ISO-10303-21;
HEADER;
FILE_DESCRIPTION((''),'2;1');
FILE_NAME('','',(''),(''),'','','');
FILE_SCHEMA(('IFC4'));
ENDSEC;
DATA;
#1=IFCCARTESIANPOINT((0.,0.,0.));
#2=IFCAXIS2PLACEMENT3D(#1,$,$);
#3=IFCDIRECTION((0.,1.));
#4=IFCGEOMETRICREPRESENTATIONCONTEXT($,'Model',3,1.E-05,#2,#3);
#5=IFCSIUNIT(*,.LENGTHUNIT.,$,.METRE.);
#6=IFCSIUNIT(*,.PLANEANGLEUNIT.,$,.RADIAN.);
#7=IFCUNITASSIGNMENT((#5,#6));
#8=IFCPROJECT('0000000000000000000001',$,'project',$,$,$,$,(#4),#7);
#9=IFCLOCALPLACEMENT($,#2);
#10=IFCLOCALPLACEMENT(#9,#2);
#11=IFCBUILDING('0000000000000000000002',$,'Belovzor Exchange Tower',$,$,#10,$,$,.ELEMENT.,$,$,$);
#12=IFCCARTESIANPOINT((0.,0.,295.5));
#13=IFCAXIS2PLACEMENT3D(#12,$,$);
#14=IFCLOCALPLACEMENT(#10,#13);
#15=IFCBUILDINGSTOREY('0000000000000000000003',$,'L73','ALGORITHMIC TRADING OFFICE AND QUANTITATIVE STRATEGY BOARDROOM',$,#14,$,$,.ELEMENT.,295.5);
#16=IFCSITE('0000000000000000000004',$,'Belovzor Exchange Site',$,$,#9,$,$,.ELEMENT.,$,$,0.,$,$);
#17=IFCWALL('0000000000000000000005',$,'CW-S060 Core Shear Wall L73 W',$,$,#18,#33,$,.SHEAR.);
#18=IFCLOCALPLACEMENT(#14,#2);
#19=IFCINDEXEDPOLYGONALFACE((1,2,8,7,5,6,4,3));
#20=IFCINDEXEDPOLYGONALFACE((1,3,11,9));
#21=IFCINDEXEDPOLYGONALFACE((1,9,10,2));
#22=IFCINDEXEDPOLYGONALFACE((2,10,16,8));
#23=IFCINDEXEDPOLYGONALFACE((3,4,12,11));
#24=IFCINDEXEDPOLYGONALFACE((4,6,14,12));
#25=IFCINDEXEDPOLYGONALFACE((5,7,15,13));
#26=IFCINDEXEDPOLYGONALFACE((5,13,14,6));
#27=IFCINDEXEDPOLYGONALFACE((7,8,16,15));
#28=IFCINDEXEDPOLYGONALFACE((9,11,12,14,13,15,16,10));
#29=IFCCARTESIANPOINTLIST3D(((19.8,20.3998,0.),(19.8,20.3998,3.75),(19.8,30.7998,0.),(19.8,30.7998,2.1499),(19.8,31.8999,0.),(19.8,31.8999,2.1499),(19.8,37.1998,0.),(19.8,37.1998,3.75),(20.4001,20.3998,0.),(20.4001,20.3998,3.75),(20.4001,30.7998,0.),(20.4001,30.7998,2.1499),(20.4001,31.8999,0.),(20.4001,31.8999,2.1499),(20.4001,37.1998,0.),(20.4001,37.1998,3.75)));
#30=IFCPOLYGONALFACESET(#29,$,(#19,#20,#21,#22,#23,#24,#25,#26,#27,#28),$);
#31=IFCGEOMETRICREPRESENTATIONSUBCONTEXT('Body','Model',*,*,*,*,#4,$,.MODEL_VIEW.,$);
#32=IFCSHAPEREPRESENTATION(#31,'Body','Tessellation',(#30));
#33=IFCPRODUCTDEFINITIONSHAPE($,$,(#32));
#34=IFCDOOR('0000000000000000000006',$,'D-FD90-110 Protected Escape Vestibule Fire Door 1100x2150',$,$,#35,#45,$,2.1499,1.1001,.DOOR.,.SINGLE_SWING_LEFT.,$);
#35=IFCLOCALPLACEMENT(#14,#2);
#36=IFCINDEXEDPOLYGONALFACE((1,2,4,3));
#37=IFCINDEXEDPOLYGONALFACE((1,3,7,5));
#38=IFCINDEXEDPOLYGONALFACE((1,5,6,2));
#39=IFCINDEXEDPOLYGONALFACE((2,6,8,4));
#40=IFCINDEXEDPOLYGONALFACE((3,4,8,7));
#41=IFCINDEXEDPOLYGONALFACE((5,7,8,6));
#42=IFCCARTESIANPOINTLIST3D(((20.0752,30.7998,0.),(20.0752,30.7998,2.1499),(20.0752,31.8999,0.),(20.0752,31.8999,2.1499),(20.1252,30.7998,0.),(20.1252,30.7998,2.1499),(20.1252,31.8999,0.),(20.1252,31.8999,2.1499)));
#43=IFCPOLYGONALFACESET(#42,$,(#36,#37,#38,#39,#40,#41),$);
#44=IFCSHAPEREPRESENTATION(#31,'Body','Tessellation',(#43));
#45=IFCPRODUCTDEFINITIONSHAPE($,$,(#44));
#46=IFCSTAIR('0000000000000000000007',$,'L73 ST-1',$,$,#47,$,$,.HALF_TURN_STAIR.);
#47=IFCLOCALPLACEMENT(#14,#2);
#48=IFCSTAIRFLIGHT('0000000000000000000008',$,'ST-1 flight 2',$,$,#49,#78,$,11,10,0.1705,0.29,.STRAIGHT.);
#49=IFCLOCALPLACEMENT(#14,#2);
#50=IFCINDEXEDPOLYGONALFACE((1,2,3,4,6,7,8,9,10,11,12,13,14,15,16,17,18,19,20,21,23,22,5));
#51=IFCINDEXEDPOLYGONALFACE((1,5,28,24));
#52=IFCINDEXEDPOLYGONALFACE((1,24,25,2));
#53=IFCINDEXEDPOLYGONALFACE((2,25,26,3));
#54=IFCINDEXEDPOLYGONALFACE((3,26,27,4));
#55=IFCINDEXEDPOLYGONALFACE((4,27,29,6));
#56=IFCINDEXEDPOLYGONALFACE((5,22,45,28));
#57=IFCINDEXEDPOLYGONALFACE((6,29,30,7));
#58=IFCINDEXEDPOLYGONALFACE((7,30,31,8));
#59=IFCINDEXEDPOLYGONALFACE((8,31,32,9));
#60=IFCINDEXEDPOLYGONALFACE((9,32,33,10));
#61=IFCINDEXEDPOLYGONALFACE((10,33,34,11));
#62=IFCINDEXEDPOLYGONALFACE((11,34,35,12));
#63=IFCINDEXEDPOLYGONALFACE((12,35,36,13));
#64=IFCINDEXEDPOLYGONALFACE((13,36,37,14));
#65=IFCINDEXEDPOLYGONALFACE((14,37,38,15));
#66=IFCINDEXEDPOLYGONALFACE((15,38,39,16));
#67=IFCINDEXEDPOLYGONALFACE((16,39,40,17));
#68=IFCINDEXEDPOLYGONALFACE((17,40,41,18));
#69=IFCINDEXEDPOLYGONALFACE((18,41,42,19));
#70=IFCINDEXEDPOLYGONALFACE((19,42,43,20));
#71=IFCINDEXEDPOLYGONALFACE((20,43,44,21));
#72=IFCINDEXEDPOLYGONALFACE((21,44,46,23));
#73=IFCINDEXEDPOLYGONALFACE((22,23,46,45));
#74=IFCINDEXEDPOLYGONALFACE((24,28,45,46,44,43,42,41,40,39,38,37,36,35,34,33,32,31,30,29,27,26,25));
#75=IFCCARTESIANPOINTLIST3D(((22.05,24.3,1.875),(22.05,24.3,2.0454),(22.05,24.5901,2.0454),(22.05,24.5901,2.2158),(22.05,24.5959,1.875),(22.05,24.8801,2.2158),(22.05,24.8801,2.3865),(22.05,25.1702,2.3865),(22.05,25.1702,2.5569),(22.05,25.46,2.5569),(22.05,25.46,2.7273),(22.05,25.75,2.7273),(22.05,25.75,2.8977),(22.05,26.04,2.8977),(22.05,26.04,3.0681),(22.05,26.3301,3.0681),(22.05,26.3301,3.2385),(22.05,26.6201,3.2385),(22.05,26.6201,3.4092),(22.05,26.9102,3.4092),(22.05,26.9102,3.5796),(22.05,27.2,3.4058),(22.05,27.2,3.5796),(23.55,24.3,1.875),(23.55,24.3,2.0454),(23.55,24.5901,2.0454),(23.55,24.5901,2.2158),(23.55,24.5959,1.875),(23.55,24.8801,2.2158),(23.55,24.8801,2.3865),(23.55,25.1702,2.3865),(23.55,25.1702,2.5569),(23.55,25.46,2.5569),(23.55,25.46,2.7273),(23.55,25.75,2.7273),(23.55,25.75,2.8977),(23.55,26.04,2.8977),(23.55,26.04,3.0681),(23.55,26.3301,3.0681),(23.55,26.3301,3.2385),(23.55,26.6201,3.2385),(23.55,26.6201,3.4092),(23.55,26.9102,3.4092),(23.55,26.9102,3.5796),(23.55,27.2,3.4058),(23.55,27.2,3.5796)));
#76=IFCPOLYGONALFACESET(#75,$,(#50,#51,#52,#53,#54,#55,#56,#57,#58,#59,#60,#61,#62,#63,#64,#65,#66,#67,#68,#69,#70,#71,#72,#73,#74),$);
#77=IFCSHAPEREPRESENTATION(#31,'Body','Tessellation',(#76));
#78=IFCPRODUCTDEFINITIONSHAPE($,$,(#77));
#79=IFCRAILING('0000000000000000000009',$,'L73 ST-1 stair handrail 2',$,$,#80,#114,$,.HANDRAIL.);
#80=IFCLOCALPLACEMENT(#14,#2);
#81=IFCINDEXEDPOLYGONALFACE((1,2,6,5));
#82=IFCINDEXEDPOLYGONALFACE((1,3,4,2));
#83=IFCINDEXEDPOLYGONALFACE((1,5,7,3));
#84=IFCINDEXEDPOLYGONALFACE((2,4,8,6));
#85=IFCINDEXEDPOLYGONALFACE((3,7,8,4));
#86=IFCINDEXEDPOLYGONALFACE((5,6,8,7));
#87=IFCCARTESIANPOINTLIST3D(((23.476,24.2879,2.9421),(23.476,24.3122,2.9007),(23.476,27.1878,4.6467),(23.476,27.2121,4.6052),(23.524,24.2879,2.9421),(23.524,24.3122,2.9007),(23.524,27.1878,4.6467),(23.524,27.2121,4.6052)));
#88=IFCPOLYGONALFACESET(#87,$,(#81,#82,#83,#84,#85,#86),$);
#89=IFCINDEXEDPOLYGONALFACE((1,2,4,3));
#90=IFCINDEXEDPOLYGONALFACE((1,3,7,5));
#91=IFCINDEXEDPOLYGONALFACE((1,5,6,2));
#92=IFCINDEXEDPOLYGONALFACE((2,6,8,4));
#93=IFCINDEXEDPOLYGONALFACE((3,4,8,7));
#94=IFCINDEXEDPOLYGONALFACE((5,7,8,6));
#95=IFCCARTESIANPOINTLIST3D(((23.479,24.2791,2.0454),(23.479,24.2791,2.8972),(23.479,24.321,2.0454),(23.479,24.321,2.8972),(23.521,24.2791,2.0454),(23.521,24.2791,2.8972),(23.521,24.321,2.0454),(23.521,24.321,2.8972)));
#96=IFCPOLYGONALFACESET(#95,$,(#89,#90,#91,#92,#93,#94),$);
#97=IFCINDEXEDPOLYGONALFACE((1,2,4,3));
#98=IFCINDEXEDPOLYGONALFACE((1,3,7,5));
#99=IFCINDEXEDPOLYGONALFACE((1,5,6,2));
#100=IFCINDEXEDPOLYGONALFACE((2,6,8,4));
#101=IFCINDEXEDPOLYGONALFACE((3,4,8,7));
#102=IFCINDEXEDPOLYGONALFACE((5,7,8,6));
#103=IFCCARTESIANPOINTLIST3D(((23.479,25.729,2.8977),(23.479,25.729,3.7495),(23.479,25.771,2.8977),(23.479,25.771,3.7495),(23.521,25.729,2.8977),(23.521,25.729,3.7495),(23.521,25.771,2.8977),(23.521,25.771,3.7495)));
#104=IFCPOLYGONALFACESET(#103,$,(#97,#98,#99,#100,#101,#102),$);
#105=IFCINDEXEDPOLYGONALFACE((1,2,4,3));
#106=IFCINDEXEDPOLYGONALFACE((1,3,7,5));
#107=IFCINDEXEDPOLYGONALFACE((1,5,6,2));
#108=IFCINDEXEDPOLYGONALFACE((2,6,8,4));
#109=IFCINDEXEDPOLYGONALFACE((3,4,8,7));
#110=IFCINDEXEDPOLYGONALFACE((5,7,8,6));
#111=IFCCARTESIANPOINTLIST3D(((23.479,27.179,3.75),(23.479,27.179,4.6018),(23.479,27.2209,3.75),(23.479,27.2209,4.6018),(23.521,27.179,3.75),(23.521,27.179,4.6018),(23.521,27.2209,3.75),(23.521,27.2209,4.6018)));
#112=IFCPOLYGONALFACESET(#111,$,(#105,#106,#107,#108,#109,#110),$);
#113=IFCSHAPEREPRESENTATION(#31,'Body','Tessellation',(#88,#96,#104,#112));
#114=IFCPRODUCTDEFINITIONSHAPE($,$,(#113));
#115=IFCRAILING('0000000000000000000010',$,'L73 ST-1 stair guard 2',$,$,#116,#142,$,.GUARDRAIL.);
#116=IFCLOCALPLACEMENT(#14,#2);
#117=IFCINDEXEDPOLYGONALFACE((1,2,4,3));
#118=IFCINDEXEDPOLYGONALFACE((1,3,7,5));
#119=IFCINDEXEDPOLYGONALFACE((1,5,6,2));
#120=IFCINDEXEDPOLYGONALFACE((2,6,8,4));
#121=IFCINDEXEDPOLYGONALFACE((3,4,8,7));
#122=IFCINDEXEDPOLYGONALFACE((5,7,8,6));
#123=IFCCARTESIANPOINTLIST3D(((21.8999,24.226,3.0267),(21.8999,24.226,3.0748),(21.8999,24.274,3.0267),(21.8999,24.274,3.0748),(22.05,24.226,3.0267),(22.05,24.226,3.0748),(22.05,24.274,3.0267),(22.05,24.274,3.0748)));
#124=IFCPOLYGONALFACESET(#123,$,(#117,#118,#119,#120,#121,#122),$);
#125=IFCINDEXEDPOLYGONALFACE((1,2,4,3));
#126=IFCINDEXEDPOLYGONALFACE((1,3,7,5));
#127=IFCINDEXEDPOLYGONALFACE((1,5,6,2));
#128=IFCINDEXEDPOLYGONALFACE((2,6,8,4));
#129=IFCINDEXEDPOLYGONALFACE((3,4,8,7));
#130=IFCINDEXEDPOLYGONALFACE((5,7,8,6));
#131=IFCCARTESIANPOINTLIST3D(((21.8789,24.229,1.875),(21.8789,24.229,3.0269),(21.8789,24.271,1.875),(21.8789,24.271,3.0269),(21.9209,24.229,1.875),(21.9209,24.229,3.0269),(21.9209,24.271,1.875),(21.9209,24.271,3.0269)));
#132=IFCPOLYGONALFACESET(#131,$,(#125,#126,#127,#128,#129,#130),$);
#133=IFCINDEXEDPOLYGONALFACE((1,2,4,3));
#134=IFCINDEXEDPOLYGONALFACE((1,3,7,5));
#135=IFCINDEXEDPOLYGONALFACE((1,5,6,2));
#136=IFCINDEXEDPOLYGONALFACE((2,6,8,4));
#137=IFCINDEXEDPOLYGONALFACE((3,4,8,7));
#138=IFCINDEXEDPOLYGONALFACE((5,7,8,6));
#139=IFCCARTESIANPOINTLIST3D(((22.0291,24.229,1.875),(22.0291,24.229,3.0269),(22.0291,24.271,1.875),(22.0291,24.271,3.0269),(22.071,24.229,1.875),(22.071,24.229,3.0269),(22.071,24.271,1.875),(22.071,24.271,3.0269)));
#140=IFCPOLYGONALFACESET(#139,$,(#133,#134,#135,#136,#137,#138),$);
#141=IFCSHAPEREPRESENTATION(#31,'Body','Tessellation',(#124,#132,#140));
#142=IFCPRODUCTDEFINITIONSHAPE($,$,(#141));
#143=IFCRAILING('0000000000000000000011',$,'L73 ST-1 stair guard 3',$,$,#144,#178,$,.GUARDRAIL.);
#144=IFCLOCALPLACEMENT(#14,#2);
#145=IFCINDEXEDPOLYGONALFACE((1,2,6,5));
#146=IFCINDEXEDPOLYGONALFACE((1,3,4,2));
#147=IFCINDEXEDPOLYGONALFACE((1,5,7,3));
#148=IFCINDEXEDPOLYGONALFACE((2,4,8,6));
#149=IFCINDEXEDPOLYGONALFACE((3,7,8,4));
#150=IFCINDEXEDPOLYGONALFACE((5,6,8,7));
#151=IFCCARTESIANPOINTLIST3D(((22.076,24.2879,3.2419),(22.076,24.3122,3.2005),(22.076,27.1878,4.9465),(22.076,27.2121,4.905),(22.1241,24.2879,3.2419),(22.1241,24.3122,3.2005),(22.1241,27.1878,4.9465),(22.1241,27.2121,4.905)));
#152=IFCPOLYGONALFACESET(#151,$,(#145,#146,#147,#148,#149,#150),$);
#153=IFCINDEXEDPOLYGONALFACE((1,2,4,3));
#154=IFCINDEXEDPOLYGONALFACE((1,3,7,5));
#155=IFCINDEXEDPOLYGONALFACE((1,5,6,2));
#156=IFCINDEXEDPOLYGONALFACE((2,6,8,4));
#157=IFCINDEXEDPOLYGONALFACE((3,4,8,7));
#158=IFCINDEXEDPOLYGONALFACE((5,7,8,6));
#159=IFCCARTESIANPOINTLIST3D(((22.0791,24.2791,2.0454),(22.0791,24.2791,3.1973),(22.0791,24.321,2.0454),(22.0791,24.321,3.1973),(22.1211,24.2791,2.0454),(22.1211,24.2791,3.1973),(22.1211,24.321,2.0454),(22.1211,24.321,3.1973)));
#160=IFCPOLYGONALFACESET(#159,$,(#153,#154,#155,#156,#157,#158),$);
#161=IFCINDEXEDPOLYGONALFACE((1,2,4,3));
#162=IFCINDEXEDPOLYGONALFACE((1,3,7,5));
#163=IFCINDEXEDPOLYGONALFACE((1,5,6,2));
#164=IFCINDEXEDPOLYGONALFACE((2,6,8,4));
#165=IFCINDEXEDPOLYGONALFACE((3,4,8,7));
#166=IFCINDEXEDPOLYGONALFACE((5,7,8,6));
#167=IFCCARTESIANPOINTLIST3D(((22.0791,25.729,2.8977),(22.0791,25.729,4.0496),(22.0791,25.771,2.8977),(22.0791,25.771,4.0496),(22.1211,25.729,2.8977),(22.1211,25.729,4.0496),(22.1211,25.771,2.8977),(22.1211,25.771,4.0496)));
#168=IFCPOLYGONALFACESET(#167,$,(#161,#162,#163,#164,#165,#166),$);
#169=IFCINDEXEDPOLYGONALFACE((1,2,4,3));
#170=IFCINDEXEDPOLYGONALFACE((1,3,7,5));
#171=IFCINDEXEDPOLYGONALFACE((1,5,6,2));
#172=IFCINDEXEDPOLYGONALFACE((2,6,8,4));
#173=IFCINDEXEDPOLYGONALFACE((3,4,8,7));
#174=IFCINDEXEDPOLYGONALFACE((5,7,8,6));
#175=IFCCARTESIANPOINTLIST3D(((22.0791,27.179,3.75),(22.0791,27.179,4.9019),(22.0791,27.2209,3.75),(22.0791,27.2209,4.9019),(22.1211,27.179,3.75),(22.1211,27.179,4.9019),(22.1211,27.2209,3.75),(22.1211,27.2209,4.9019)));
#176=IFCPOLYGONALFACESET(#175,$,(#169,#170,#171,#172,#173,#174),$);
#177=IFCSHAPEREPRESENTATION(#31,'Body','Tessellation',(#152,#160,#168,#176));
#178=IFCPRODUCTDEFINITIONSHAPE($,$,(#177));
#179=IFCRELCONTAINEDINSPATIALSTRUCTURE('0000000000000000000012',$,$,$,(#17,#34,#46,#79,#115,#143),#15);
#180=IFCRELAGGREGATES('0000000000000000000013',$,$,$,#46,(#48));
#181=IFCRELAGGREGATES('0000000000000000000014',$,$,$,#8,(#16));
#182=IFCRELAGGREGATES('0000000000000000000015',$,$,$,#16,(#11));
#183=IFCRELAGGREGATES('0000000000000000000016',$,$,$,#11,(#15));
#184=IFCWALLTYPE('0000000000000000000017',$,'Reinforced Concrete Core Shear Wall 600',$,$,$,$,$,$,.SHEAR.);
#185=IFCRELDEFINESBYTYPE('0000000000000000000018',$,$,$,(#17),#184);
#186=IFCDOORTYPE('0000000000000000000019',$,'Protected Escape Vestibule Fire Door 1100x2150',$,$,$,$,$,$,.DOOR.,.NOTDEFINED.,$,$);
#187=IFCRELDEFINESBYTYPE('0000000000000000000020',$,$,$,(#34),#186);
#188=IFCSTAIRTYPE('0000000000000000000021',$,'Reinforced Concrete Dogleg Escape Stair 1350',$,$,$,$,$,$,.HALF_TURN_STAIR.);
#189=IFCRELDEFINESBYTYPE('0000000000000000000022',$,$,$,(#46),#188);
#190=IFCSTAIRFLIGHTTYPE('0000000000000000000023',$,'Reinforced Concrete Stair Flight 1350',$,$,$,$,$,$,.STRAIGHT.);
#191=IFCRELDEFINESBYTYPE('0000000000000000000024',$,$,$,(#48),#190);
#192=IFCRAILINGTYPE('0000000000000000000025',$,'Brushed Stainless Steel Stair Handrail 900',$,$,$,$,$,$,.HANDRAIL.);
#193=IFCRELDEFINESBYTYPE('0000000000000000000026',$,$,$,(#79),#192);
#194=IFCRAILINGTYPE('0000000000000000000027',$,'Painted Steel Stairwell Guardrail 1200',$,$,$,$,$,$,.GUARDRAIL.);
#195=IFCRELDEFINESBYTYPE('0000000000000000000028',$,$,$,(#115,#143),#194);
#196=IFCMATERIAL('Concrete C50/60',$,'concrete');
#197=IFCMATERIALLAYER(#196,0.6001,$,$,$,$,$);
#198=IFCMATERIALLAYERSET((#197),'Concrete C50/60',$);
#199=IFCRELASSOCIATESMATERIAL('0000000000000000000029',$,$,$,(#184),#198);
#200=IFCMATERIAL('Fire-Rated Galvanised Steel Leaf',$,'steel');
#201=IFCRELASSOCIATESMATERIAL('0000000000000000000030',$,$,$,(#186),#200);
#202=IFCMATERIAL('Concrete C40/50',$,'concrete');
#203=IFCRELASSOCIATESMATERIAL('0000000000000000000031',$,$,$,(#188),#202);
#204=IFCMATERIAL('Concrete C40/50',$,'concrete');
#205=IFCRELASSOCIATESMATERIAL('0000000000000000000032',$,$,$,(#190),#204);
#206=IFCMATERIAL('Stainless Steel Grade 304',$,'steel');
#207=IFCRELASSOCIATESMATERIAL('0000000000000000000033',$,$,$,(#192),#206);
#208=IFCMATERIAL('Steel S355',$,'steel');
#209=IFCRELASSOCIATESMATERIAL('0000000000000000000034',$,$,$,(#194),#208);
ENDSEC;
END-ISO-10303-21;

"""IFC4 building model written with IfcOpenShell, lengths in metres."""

from ifc_helpers import new_model, si_unit, direction, frame, frame_2d, origin, origin_2d, place, context, subcontext, project, spatial, polyline, rectangle, outline, extrude, material, layer, layer_set, type_object, element, fill, aggregate, save


model = new_model("IFC4")

# Units and contexts
model_context = context("Model", 3, precision=1e-05, world=origin(), true_north=direction((0.0, 1.0)))
body_context = subcontext(model_context, "Body", "Model", "MODEL_VIEW")
ifc_project = project(units=[si_unit("LENGTHUNIT", "METRE"), si_unit("PLANEANGLEUNIT", "RADIAN")], contexts=[model_context])

# Site, building, storey
site_placement = place(None, origin())
site = spatial("IfcSite", under=ifc_project, at=site_placement, Name="Belovzor Exchange Site", CompositionType="ELEMENT", RefElevation=0.0)
building_placement = place(site_placement, origin())
building = spatial("IfcBuilding", under=site, at=building_placement, Name="Belovzor Exchange Tower", CompositionType="ELEMENT")
storey_placement = place(building_placement, frame((0.0, 0.0, 295.5)))
storey = spatial("IfcBuildingStorey", under=building, at=storey_placement, Name="L73", Description="ALGORITHMIC TRADING OFFICE AND QUANTITATIVE STRATEGY BOARDROOM", CompositionType="ELEMENT", Elevation=295.5)

# Shared definitions
ifc_material_1 = material(Name="Concrete C50/60", Category="concrete")
ifc_layer_1 = layer(ifc_material_1, 0.6001)
ifc_layer_set_1 = layer_set([ifc_layer_1], Name="Concrete C50/60")
wall_type_1 = type_object("IfcWallType", Name="Reinforced Concrete Core Shear Wall 600", PredefinedType="SHEAR", material=ifc_layer_set_1)

# Wall, opening, door
wall_1_placement = place(storey_placement, frame((20.1001, 20.3999, 0.0), z_axis=(0.0, 0.0, 1.0), x_axis=(0.0, 1.0, 0.0)))
wall_1 = element("IfcWall", 1, at=wall_1_placement, inside=storey, type_object=wall_type_1, Name="CW-S060 Core Shear Wall L73 W", PredefinedType="SHEAR", context=body_context, shape_type="SweptSolid", body=[
    extrude(rectangle(XDim=16.8, YDim=0.6001, at=frame_2d((8.3999, 0.0))), origin(), (0.0, 0.0, 1.0), 3.75),
])
opening_1_placement = place(wall_1_placement, frame((10.3999, 0.0, 0.0)))
opening_1 = element("IfcOpeningElement", 2, at=opening_1_placement, cuts=wall_1, PredefinedType="OPENING", context=body_context, shape_type="SweptSolid", body=[
    extrude(rectangle(XDim=1.1001, YDim=2.1499, at=frame_2d((0.55, 1.075))), frame((0.0, 0.3101, 0.0), z_axis=(0.0, -1.0, 0.0), x_axis=(1.0, 0.0, 0.0)), (0.0, 0.0, 1.0), 0.6201),
])
ifc_material_2 = material(Name="Fire-Rated Galvanised Steel Leaf", Category="steel")
door_type_1 = type_object("IfcDoorType", Name="Protected Escape Vestibule Fire Door 1100x2150", OperationType="NOTDEFINED", PredefinedType="DOOR", material=ifc_material_2)
door_1_placement = place(opening_1_placement, origin())
door_1 = element("IfcDoor", 3, at=door_1_placement, inside=storey, type_object=door_type_1, Name="D-FD90-110 Protected Escape Vestibule Fire Door 1100x2150", OperationType="SINGLE_SWING_LEFT", OverallHeight=2.1499, OverallWidth=1.1001, PredefinedType="DOOR", context=body_context, shape_type="SweptSolid", body=[
    extrude(rectangle(XDim=1.1001, YDim=2.1499, at=frame_2d((0.55, 1.075))), frame((0.0, 0.0249, 0.0), z_axis=(0.0, -1.0, 0.0), x_axis=(1.0, 0.0, 0.0)), (0.0, 0.0, 1.0), 0.05),
])
fill(opening_1, door_1)

# Stair, stair flight
ifc_material_3 = material(Name="Concrete C40/50", Category="concrete")
stair_type = type_object("IfcStairType", Name="Reinforced Concrete Dogleg Escape Stair 1350", PredefinedType="HALF_TURN_STAIR", material=ifc_material_3)
stair_placement = place(storey_placement, origin())
stair = element("IfcStair", 4, at=stair_placement, inside=storey, type_object=stair_type, Name="L73 ST-1", PredefinedType="HALF_TURN_STAIR")
ifc_material_4 = material(Name="Concrete C40/50", Category="concrete")
stair_flight_type = type_object("IfcStairFlightType", Name="Reinforced Concrete Stair Flight 1350", PredefinedType="STRAIGHT", material=ifc_material_4)
stair_flight_placement = place(storey_placement, frame((22.8, 24.3, 1.875), z_axis=(0.0, 0.0, 1.0), x_axis=(0.0, 1.0, 0.0)))
stair_flight = element("IfcStairFlight", 5, at=stair_flight_placement, type_object=stair_flight_type, Name="ST-1 flight 2", NumberOfRisers=11, NumberOfTreads=10, PredefinedType="STRAIGHT", RiserHeight=0.1705, TreadLength=0.29, context=body_context, shape_type="SweptSolid", body=[
    extrude(outline(polyline([(0.0, 0.0), (0.0, 0.1704), (0.29, 0.1704), (0.29, 0.3408), (0.5801, 0.3408), (0.5801, 0.5115), (0.8701, 0.5115), (0.8701, 0.6819), (1.1599, 0.6819), (1.1599, 0.8523), (1.45, 0.8523), (1.45, 1.0227), (1.74, 1.0227), (1.74, 1.1931), (2.03, 1.1931), (2.03, 1.3635), (2.3201, 1.3635), (2.3201, 1.5342), (2.6101, 1.5342), (2.6101, 1.7046), (2.8999, 1.7046), (2.8999, 1.875), (2.8999, 1.5308), (0.2959, 0.0), (0.0, 0.0)])), frame((0.0, 0.75, 0.0), z_axis=(0.0, -1.0, 0.0), x_axis=(1.0, 0.0, 0.0)), (0.0, 0.0, 1.0), 1.5),
])
aggregate(stair, [stair_flight])

# Railings
ifc_material_5 = material(Name="Stainless Steel Grade 304", Category="steel")
railing_type_1 = type_object("IfcRailingType", Name="Brushed Stainless Steel Stair Handrail 900", PredefinedType="HANDRAIL", material=ifc_material_5)
railing_1_placement = place(storey_placement, frame((23.5, 24.3, 2.0454)))
element("IfcRailing", 6, at=railing_1_placement, inside=storey, type_object=railing_type_1, Name="L73 ST-1 stair handrail 2", PredefinedType="HANDRAIL", context=body_context, shape_type="SweptSolid", body=[
    extrude(rectangle(XDim=0.0481, YDim=0.0481, at=origin_2d()), frame((0.0, 0.0, 0.876), z_axis=(0.0, 0.862095, 0.506747), x_axis=(-1.0, 0.0, 0.0)), (0.0, 0.0, 1.0), 3.3638),
    extrude(rectangle(XDim=0.042, YDim=0.042, at=origin_2d()), origin(), (0.0, 0.0, 1.0), 0.8518),
    extrude(rectangle(XDim=0.042, YDim=0.042, at=origin_2d()), frame((0.0, 1.45, 0.8523)), (0.0, 0.0, 1.0), 0.8518),
    extrude(rectangle(XDim=0.042, YDim=0.042, at=origin_2d()), frame((0.0, 2.8999, 1.7046)), (0.0, 0.0, 1.0), 0.8518),
])
ifc_material_6 = material(Name="Steel S355", Category="steel")
railing_type_2 = type_object("IfcRailingType", Name="Painted Steel Stairwell Guardrail 1200", PredefinedType="GUARDRAIL", material=ifc_material_6)
railing_2_placement = place(storey_placement, frame((21.8999, 24.25, 1.875)))
element("IfcRailing", 7, at=railing_2_placement, inside=storey, type_object=railing_type_2, Name="L73 ST-1 stair guard 2", PredefinedType="GUARDRAIL", context=body_context, shape_type="SweptSolid", body=[
    extrude(rectangle(XDim=0.0481, YDim=0.0481, at=origin_2d()), frame((0.0, 0.0, 1.1758), z_axis=(1.0, 0.0, 0.0), x_axis=(0.0, 1.0, 0.0)), (0.0, 0.0, 1.0), 0.1501),
    extrude(rectangle(XDim=0.042, YDim=0.042, at=origin_2d()), origin(), (0.0, 0.0, 1.0), 1.1519),
    extrude(rectangle(XDim=0.042, YDim=0.042, at=origin_2d()), frame((0.1501, 0.0, 0.0)), (0.0, 0.0, 1.0), 1.1519),
])
railing_3_placement = place(storey_placement, frame((22.1001, 24.3, 2.0454)))
element("IfcRailing", 8, at=railing_3_placement, inside=storey, type_object=railing_type_2, Name="L73 ST-1 stair guard 3", PredefinedType="GUARDRAIL", context=body_context, shape_type="SweptSolid", body=[
    extrude(rectangle(XDim=0.0481, YDim=0.0481, at=origin_2d()), frame((0.0, 0.0, 1.1758), z_axis=(0.0, 0.862095, 0.506747), x_axis=(-1.0, 0.0, 0.0)), (0.0, 0.0, 1.0), 3.3638),
    extrude(rectangle(XDim=0.042, YDim=0.042, at=origin_2d()), origin(), (0.0, 0.0, 1.0), 1.1519),
    extrude(rectangle(XDim=0.042, YDim=0.042, at=origin_2d()), frame((0.0, 1.45, 0.8523)), (0.0, 0.0, 1.0), 1.1519),
    extrude(rectangle(XDim=0.042, YDim=0.042, at=origin_2d()), frame((0.0, 2.8999, 1.7046)), (0.0, 0.0, 1.0), 1.1519),
])

save(model, "model.ifc")
